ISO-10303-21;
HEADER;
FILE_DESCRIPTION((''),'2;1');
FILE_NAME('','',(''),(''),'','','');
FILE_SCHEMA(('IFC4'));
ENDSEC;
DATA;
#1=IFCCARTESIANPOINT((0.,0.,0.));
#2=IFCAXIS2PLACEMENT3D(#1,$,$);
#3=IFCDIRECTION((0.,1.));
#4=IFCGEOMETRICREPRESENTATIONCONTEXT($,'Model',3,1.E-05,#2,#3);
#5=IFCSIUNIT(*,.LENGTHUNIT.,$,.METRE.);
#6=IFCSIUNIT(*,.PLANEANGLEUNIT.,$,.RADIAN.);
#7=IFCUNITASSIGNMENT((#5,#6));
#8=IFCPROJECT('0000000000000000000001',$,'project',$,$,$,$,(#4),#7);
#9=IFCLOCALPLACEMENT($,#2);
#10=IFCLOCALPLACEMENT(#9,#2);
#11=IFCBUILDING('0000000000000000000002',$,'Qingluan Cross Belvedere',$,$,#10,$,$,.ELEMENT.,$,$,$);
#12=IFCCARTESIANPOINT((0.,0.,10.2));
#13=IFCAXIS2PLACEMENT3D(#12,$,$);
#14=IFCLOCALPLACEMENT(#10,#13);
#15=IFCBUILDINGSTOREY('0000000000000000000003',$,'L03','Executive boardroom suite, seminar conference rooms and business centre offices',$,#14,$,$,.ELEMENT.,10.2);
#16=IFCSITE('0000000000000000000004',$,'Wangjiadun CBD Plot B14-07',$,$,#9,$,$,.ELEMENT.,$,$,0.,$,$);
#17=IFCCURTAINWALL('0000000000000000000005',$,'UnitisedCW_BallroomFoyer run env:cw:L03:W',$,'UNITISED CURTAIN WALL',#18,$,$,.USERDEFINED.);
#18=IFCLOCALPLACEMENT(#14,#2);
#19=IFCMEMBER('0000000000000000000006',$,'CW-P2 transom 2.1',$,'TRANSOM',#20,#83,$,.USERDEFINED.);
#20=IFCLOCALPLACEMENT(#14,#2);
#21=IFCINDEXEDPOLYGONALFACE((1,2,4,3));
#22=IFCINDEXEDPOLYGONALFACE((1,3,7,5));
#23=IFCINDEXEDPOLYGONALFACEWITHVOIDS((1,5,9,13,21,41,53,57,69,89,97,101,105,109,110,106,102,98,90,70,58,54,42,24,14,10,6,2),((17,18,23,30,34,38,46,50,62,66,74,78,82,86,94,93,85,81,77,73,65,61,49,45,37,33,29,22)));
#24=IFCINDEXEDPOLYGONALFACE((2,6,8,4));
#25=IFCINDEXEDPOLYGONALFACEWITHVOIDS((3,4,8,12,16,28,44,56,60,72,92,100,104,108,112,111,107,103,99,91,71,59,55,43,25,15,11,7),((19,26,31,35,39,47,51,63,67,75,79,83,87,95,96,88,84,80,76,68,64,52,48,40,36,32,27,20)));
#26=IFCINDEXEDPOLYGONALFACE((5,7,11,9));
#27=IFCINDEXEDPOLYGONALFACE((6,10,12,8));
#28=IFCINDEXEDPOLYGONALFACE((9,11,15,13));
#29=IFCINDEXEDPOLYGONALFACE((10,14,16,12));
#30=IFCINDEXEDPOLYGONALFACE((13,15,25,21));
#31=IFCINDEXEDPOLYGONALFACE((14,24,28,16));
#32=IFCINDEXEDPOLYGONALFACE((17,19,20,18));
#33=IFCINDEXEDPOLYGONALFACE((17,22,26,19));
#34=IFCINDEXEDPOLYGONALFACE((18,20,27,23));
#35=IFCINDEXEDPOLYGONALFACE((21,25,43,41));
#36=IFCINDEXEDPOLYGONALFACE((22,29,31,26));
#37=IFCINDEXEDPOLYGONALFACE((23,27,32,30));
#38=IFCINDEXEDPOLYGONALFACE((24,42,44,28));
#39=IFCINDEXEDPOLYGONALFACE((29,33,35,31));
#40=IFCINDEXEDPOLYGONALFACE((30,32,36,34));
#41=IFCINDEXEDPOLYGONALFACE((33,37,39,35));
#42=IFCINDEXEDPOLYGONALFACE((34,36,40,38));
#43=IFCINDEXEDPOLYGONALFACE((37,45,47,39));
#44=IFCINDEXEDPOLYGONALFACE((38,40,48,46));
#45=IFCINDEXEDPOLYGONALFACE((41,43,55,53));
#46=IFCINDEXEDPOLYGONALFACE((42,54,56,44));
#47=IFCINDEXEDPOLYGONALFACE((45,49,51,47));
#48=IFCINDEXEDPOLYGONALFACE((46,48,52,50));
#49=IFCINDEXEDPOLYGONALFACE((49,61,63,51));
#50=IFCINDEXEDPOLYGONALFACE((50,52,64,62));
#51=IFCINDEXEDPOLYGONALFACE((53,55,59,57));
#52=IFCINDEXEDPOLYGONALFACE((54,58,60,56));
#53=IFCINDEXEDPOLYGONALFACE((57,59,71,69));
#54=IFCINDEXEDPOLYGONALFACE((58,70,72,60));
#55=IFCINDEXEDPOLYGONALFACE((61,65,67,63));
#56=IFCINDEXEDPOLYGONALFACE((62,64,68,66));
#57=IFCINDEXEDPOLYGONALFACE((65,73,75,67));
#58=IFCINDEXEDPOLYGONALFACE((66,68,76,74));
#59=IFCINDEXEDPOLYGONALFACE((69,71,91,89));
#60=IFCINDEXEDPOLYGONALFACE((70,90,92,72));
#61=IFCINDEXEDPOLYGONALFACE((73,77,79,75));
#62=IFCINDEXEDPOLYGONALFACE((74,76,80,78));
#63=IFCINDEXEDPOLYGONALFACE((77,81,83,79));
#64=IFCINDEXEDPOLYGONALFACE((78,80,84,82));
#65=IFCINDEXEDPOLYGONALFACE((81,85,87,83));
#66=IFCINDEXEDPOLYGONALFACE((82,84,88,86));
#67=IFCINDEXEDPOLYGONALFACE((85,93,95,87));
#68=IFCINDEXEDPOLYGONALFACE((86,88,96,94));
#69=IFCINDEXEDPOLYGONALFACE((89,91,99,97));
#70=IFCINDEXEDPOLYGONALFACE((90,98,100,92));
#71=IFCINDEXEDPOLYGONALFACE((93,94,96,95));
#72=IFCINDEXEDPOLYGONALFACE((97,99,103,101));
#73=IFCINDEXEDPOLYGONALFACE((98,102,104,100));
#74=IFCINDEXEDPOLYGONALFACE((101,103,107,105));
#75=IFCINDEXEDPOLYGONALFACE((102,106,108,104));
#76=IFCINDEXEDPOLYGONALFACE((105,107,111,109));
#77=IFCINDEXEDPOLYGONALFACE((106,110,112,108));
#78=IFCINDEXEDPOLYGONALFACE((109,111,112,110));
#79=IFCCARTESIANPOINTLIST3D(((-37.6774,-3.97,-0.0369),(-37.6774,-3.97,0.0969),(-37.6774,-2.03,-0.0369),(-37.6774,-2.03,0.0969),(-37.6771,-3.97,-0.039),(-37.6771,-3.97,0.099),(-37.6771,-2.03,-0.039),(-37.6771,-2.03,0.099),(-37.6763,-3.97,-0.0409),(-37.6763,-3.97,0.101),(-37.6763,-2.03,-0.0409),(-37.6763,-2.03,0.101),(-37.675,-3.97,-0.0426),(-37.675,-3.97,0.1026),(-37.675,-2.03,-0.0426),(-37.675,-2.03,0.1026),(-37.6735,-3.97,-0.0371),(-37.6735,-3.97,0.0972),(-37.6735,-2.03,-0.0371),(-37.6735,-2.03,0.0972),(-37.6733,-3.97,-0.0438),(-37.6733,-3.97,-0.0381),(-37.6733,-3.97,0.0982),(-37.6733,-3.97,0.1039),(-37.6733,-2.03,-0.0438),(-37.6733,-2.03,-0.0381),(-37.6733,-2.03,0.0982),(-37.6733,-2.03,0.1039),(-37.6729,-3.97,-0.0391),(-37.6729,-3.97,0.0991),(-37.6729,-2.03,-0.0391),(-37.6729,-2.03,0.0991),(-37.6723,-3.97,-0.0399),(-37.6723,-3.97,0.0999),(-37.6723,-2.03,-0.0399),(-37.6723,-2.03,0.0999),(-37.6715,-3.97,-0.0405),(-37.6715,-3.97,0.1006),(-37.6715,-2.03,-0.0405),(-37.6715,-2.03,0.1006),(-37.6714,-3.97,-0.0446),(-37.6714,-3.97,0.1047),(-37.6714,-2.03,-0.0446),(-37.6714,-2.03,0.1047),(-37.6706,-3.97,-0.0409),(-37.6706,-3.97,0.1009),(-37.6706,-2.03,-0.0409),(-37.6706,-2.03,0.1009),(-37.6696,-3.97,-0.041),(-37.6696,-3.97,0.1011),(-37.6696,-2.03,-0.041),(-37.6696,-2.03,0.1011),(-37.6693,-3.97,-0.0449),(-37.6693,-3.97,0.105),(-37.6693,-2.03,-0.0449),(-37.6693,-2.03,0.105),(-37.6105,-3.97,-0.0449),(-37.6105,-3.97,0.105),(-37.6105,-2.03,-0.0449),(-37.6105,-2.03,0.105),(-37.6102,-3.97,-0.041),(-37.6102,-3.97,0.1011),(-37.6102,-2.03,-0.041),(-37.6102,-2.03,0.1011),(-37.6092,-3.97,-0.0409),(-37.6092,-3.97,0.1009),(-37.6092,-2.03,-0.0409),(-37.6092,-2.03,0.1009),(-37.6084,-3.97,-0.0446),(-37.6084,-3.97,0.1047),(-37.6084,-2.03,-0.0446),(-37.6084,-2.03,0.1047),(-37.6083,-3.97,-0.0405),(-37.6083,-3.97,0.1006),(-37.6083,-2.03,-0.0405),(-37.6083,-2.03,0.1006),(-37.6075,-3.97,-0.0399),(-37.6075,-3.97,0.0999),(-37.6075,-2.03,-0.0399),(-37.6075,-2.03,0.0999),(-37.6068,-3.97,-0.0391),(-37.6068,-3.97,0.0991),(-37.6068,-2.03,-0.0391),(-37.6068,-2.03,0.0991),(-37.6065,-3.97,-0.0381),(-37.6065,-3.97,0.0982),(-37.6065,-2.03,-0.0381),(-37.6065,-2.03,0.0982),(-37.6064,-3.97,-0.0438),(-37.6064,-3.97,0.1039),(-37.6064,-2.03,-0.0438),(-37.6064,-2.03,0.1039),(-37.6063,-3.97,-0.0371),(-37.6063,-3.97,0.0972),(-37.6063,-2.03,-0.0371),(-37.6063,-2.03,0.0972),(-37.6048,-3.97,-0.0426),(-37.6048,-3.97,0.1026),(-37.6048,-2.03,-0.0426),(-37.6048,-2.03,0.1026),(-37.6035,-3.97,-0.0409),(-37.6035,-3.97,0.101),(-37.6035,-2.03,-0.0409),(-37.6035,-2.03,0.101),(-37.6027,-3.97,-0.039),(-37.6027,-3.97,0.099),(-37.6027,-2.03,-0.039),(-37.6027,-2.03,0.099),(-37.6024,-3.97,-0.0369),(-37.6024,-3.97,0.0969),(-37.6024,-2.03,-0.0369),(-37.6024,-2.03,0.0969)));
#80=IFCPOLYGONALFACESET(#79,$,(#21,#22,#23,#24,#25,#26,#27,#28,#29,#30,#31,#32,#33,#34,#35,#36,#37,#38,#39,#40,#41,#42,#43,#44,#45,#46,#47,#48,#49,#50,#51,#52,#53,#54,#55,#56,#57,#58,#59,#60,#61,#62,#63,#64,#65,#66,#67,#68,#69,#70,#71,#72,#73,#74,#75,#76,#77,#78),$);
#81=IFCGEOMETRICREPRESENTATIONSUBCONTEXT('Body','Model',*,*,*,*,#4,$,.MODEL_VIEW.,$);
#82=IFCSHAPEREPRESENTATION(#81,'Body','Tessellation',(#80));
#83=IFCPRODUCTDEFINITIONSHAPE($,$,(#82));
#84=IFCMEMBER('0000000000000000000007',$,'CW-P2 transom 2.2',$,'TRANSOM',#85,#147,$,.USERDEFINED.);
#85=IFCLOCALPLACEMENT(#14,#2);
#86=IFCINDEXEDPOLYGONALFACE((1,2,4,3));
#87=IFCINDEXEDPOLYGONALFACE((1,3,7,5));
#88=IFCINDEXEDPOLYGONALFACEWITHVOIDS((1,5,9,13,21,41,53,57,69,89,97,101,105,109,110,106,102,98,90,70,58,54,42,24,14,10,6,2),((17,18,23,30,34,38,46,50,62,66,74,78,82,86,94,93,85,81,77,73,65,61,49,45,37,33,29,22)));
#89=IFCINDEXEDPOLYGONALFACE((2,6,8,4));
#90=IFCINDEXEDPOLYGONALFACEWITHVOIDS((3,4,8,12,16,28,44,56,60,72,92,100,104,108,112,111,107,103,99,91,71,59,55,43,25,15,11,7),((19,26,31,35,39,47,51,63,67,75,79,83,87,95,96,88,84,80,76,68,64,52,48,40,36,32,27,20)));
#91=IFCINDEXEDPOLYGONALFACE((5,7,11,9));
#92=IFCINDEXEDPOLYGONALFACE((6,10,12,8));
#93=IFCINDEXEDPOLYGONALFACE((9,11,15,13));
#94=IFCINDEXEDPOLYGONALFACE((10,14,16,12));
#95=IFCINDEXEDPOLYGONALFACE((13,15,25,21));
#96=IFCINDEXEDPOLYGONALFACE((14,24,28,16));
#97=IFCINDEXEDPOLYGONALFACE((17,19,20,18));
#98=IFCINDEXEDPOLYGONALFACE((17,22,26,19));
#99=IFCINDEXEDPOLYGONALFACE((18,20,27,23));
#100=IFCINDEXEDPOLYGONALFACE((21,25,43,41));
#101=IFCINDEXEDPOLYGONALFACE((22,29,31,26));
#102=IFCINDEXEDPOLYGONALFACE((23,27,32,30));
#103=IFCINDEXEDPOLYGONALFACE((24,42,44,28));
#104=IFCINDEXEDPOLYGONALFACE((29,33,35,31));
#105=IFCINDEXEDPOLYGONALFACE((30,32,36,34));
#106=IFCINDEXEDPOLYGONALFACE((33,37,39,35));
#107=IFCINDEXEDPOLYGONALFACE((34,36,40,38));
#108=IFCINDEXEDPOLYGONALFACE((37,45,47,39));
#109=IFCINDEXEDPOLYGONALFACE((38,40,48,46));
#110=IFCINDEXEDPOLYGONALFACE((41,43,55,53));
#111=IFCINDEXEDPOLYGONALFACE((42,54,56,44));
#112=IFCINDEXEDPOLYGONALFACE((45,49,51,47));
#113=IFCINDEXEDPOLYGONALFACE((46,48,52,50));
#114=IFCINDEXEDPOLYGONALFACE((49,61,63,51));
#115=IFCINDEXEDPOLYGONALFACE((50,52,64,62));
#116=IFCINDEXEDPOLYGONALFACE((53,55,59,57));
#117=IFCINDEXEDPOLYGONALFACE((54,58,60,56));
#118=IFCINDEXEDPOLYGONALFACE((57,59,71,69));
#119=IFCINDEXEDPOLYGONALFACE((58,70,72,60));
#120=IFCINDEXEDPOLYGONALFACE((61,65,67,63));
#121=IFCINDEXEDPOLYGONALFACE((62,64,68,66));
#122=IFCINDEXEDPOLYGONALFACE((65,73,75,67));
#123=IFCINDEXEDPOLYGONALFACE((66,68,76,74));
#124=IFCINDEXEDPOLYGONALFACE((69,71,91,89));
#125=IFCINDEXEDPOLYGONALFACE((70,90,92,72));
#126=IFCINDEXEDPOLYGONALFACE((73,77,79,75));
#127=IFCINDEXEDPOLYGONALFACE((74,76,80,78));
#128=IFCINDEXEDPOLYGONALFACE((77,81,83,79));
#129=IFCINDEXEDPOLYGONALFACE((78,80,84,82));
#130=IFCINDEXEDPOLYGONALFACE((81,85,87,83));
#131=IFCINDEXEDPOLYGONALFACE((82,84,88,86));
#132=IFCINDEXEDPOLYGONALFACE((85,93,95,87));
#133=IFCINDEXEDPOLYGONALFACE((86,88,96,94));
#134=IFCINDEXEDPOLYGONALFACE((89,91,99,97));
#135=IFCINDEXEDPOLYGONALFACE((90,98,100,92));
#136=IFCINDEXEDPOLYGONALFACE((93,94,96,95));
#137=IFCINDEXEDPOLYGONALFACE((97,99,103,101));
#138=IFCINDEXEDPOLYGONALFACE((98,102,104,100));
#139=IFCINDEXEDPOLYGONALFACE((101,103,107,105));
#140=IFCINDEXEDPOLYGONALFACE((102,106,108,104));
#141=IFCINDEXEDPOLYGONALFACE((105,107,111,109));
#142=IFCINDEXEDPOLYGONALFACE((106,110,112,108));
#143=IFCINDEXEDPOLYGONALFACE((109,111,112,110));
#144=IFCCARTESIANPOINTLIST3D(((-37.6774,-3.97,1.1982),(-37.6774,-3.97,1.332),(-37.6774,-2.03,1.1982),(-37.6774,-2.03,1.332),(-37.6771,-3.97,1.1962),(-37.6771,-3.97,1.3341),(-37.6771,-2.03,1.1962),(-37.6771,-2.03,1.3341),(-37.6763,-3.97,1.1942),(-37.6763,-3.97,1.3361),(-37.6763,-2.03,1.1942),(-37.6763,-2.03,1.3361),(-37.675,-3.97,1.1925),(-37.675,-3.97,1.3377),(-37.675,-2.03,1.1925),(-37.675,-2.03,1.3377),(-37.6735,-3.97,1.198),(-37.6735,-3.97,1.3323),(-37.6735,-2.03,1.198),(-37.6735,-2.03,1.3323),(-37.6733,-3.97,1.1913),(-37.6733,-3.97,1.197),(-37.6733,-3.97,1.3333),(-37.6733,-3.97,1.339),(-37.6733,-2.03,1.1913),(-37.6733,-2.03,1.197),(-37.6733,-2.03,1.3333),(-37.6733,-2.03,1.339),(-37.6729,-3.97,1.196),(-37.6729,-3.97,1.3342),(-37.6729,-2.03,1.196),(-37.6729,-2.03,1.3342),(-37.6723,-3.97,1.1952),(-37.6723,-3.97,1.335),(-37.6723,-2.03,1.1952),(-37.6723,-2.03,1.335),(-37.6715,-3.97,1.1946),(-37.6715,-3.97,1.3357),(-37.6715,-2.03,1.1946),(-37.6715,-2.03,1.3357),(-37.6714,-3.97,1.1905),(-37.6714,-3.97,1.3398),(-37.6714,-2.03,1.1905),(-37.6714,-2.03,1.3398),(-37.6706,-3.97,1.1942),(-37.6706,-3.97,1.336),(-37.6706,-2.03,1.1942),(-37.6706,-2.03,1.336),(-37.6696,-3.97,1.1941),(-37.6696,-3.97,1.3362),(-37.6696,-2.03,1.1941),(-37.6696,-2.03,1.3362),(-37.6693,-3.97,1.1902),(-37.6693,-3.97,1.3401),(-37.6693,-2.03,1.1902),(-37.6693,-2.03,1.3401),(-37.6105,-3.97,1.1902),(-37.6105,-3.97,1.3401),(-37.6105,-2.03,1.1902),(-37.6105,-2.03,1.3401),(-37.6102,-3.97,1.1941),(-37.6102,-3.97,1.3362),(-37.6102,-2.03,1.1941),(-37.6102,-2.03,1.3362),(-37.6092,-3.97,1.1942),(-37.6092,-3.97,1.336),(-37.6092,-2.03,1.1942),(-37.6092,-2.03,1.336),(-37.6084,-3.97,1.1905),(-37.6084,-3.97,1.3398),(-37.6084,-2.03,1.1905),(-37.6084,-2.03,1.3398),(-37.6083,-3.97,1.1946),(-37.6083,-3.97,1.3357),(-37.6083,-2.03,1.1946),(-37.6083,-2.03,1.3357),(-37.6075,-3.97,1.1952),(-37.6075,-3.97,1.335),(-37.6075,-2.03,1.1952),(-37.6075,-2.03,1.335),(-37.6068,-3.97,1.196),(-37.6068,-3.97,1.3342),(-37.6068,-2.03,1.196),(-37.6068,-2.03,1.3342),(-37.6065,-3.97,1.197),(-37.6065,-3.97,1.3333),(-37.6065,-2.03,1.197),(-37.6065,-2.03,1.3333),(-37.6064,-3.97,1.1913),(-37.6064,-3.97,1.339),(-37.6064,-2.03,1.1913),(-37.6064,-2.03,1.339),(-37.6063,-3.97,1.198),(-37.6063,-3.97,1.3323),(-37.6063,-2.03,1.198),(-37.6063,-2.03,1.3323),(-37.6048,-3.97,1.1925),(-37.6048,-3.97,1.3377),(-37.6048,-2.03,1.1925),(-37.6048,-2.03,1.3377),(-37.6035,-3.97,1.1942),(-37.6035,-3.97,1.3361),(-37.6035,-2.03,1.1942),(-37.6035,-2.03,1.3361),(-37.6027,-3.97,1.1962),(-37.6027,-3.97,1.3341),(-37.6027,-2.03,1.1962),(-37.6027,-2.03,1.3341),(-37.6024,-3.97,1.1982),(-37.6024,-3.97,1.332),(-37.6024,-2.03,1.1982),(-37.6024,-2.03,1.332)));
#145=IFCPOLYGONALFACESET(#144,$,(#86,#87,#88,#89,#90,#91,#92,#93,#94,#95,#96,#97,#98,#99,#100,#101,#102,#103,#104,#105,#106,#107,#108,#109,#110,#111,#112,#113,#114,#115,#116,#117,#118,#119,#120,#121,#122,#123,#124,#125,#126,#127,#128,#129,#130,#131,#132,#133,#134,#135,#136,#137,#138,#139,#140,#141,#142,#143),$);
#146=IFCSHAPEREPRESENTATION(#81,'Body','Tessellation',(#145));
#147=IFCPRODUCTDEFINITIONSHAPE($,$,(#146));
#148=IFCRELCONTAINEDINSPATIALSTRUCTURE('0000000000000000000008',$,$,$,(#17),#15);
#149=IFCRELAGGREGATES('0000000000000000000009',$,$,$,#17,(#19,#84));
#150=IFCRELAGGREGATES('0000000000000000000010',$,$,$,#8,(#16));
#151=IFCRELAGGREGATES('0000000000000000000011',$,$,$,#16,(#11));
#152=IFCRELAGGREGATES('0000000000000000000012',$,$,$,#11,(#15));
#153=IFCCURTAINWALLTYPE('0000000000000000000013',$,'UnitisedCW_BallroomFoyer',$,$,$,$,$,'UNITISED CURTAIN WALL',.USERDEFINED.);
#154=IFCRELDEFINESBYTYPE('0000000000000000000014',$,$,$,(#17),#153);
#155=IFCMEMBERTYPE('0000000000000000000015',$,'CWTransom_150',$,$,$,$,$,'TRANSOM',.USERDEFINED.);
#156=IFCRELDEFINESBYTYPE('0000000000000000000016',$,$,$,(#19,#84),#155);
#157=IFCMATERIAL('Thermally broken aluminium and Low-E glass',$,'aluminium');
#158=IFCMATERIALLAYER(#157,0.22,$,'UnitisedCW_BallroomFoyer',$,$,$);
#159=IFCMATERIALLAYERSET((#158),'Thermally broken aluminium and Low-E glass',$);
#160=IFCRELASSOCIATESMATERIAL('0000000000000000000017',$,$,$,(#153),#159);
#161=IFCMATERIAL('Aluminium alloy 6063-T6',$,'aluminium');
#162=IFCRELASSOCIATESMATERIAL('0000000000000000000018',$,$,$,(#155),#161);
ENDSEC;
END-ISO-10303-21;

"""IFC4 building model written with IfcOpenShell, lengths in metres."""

from ifc_helpers import new_model, si_unit, direction, frame, origin, origin_2d, place, context, subcontext, project, spatial, hollow_rectangle, extrude, material, layer, layer_set, material_profile, profile_set, type_object, element, aggregate, save


model = new_model("IFC4")

# Units and contexts
model_context = context("Model", 3, precision=1e-05, world=origin(), true_north=direction((0.0, 1.0)))
body_context = subcontext(model_context, "Body", "Model", "MODEL_VIEW")
ifc_project = project(units=[si_unit("LENGTHUNIT", "METRE"), si_unit("PLANEANGLEUNIT", "RADIAN")], contexts=[model_context])

# Site, building, storey
site_placement = place(None, origin())
site = spatial("IfcSite", under=ifc_project, at=site_placement, Name="Wangjiadun CBD Plot B14-07", CompositionType="ELEMENT", RefElevation=0.0)
building_placement = place(site_placement, origin())
building = spatial("IfcBuilding", under=site, at=building_placement, Name="Qingluan Cross Belvedere", CompositionType="ELEMENT")
storey_placement = place(building_placement, frame((0.0, 0.0, 10.2)))
storey = spatial("IfcBuildingStorey", under=building, at=storey_placement, Name="L03", Description="Executive boardroom suite, seminar conference rooms and business centre offices", CompositionType="ELEMENT", Elevation=10.2)

# Curtain wall, members
ifc_material_1 = material(Name="Thermally broken aluminium and Low-E glass", Category="aluminium")
ifc_layer_1 = layer(ifc_material_1, 0.22, Name="UnitisedCW_BallroomFoyer")
ifc_layer_set_1 = layer_set([ifc_layer_1], Name="Thermally broken aluminium and Low-E glass")
curtain_wall_type = type_object("IfcCurtainWallType", Name="UnitisedCW_BallroomFoyer", ElementType="UNITISED CURTAIN WALL", PredefinedType="USERDEFINED", material=ifc_layer_set_1)
curtain_wall_placement = place(storey_placement, origin())
curtain_wall = element("IfcCurtainWall", 1, at=curtain_wall_placement, inside=storey, type_object=curtain_wall_type, Name="UnitisedCW_BallroomFoyer run env:cw:L03:W", ObjectType="UNITISED CURTAIN WALL", PredefinedType="USERDEFINED")
ifc_material_2 = material(Name="Aluminium alloy 6063-T6", Category="aluminium")
ifc_material_profile_1 = material_profile(ifc_material_2, hollow_rectangle(XDim=0.075, YDim=0.1499, WallThickness=0.0039, InnerFilletRadius=0.0039, OuterFilletRadius=0.0081, at=origin_2d()), Name="CWT150x75x4")
ifc_profile_set_1 = profile_set([ifc_material_profile_1], Name="Aluminium alloy 6063-T6")
member_type_1 = type_object("IfcMemberType", Name="CWTransom_150", ElementType="TRANSOM", PredefinedType="USERDEFINED", material=ifc_profile_set_1)
member_1_placement = place(storey_placement, frame((-37.6399, -3.97, 0.03), z_axis=(0.0, 1.0, 0.0), x_axis=(-1.0, 0.0, 0.0)))
member_1 = element("IfcMember", 2, at=member_1_placement, type_object=member_type_1, Name="CW-P2 transom 2.1", ObjectType="TRANSOM", PredefinedType="USERDEFINED", context=body_context, shape_type="SweptSolid", body=[
    extrude(hollow_rectangle(XDim=0.075, YDim=0.1499, WallThickness=0.0039, InnerFilletRadius=0.0039, OuterFilletRadius=0.0081, at=origin_2d()), origin(), (0.0, 0.0, 1.0), 1.9399),
])
member_2_placement = place(storey_placement, frame((-37.6399, -3.97, 1.2651), z_axis=(0.0, 1.0, 0.0), x_axis=(-1.0, 0.0, 0.0)))
member_2 = element("IfcMember", 3, at=member_2_placement, type_object=member_type_1, Name="CW-P2 transom 2.2", ObjectType="TRANSOM", PredefinedType="USERDEFINED", context=body_context, shape_type="SweptSolid", body=[
    extrude(hollow_rectangle(XDim=0.075, YDim=0.1499, WallThickness=0.0039, InnerFilletRadius=0.0039, OuterFilletRadius=0.0081, at=origin_2d()), origin(), (0.0, 0.0, 1.0), 1.9399),
])
aggregate(curtain_wall, [member_1, member_2])

save(model, "model.ifc")
